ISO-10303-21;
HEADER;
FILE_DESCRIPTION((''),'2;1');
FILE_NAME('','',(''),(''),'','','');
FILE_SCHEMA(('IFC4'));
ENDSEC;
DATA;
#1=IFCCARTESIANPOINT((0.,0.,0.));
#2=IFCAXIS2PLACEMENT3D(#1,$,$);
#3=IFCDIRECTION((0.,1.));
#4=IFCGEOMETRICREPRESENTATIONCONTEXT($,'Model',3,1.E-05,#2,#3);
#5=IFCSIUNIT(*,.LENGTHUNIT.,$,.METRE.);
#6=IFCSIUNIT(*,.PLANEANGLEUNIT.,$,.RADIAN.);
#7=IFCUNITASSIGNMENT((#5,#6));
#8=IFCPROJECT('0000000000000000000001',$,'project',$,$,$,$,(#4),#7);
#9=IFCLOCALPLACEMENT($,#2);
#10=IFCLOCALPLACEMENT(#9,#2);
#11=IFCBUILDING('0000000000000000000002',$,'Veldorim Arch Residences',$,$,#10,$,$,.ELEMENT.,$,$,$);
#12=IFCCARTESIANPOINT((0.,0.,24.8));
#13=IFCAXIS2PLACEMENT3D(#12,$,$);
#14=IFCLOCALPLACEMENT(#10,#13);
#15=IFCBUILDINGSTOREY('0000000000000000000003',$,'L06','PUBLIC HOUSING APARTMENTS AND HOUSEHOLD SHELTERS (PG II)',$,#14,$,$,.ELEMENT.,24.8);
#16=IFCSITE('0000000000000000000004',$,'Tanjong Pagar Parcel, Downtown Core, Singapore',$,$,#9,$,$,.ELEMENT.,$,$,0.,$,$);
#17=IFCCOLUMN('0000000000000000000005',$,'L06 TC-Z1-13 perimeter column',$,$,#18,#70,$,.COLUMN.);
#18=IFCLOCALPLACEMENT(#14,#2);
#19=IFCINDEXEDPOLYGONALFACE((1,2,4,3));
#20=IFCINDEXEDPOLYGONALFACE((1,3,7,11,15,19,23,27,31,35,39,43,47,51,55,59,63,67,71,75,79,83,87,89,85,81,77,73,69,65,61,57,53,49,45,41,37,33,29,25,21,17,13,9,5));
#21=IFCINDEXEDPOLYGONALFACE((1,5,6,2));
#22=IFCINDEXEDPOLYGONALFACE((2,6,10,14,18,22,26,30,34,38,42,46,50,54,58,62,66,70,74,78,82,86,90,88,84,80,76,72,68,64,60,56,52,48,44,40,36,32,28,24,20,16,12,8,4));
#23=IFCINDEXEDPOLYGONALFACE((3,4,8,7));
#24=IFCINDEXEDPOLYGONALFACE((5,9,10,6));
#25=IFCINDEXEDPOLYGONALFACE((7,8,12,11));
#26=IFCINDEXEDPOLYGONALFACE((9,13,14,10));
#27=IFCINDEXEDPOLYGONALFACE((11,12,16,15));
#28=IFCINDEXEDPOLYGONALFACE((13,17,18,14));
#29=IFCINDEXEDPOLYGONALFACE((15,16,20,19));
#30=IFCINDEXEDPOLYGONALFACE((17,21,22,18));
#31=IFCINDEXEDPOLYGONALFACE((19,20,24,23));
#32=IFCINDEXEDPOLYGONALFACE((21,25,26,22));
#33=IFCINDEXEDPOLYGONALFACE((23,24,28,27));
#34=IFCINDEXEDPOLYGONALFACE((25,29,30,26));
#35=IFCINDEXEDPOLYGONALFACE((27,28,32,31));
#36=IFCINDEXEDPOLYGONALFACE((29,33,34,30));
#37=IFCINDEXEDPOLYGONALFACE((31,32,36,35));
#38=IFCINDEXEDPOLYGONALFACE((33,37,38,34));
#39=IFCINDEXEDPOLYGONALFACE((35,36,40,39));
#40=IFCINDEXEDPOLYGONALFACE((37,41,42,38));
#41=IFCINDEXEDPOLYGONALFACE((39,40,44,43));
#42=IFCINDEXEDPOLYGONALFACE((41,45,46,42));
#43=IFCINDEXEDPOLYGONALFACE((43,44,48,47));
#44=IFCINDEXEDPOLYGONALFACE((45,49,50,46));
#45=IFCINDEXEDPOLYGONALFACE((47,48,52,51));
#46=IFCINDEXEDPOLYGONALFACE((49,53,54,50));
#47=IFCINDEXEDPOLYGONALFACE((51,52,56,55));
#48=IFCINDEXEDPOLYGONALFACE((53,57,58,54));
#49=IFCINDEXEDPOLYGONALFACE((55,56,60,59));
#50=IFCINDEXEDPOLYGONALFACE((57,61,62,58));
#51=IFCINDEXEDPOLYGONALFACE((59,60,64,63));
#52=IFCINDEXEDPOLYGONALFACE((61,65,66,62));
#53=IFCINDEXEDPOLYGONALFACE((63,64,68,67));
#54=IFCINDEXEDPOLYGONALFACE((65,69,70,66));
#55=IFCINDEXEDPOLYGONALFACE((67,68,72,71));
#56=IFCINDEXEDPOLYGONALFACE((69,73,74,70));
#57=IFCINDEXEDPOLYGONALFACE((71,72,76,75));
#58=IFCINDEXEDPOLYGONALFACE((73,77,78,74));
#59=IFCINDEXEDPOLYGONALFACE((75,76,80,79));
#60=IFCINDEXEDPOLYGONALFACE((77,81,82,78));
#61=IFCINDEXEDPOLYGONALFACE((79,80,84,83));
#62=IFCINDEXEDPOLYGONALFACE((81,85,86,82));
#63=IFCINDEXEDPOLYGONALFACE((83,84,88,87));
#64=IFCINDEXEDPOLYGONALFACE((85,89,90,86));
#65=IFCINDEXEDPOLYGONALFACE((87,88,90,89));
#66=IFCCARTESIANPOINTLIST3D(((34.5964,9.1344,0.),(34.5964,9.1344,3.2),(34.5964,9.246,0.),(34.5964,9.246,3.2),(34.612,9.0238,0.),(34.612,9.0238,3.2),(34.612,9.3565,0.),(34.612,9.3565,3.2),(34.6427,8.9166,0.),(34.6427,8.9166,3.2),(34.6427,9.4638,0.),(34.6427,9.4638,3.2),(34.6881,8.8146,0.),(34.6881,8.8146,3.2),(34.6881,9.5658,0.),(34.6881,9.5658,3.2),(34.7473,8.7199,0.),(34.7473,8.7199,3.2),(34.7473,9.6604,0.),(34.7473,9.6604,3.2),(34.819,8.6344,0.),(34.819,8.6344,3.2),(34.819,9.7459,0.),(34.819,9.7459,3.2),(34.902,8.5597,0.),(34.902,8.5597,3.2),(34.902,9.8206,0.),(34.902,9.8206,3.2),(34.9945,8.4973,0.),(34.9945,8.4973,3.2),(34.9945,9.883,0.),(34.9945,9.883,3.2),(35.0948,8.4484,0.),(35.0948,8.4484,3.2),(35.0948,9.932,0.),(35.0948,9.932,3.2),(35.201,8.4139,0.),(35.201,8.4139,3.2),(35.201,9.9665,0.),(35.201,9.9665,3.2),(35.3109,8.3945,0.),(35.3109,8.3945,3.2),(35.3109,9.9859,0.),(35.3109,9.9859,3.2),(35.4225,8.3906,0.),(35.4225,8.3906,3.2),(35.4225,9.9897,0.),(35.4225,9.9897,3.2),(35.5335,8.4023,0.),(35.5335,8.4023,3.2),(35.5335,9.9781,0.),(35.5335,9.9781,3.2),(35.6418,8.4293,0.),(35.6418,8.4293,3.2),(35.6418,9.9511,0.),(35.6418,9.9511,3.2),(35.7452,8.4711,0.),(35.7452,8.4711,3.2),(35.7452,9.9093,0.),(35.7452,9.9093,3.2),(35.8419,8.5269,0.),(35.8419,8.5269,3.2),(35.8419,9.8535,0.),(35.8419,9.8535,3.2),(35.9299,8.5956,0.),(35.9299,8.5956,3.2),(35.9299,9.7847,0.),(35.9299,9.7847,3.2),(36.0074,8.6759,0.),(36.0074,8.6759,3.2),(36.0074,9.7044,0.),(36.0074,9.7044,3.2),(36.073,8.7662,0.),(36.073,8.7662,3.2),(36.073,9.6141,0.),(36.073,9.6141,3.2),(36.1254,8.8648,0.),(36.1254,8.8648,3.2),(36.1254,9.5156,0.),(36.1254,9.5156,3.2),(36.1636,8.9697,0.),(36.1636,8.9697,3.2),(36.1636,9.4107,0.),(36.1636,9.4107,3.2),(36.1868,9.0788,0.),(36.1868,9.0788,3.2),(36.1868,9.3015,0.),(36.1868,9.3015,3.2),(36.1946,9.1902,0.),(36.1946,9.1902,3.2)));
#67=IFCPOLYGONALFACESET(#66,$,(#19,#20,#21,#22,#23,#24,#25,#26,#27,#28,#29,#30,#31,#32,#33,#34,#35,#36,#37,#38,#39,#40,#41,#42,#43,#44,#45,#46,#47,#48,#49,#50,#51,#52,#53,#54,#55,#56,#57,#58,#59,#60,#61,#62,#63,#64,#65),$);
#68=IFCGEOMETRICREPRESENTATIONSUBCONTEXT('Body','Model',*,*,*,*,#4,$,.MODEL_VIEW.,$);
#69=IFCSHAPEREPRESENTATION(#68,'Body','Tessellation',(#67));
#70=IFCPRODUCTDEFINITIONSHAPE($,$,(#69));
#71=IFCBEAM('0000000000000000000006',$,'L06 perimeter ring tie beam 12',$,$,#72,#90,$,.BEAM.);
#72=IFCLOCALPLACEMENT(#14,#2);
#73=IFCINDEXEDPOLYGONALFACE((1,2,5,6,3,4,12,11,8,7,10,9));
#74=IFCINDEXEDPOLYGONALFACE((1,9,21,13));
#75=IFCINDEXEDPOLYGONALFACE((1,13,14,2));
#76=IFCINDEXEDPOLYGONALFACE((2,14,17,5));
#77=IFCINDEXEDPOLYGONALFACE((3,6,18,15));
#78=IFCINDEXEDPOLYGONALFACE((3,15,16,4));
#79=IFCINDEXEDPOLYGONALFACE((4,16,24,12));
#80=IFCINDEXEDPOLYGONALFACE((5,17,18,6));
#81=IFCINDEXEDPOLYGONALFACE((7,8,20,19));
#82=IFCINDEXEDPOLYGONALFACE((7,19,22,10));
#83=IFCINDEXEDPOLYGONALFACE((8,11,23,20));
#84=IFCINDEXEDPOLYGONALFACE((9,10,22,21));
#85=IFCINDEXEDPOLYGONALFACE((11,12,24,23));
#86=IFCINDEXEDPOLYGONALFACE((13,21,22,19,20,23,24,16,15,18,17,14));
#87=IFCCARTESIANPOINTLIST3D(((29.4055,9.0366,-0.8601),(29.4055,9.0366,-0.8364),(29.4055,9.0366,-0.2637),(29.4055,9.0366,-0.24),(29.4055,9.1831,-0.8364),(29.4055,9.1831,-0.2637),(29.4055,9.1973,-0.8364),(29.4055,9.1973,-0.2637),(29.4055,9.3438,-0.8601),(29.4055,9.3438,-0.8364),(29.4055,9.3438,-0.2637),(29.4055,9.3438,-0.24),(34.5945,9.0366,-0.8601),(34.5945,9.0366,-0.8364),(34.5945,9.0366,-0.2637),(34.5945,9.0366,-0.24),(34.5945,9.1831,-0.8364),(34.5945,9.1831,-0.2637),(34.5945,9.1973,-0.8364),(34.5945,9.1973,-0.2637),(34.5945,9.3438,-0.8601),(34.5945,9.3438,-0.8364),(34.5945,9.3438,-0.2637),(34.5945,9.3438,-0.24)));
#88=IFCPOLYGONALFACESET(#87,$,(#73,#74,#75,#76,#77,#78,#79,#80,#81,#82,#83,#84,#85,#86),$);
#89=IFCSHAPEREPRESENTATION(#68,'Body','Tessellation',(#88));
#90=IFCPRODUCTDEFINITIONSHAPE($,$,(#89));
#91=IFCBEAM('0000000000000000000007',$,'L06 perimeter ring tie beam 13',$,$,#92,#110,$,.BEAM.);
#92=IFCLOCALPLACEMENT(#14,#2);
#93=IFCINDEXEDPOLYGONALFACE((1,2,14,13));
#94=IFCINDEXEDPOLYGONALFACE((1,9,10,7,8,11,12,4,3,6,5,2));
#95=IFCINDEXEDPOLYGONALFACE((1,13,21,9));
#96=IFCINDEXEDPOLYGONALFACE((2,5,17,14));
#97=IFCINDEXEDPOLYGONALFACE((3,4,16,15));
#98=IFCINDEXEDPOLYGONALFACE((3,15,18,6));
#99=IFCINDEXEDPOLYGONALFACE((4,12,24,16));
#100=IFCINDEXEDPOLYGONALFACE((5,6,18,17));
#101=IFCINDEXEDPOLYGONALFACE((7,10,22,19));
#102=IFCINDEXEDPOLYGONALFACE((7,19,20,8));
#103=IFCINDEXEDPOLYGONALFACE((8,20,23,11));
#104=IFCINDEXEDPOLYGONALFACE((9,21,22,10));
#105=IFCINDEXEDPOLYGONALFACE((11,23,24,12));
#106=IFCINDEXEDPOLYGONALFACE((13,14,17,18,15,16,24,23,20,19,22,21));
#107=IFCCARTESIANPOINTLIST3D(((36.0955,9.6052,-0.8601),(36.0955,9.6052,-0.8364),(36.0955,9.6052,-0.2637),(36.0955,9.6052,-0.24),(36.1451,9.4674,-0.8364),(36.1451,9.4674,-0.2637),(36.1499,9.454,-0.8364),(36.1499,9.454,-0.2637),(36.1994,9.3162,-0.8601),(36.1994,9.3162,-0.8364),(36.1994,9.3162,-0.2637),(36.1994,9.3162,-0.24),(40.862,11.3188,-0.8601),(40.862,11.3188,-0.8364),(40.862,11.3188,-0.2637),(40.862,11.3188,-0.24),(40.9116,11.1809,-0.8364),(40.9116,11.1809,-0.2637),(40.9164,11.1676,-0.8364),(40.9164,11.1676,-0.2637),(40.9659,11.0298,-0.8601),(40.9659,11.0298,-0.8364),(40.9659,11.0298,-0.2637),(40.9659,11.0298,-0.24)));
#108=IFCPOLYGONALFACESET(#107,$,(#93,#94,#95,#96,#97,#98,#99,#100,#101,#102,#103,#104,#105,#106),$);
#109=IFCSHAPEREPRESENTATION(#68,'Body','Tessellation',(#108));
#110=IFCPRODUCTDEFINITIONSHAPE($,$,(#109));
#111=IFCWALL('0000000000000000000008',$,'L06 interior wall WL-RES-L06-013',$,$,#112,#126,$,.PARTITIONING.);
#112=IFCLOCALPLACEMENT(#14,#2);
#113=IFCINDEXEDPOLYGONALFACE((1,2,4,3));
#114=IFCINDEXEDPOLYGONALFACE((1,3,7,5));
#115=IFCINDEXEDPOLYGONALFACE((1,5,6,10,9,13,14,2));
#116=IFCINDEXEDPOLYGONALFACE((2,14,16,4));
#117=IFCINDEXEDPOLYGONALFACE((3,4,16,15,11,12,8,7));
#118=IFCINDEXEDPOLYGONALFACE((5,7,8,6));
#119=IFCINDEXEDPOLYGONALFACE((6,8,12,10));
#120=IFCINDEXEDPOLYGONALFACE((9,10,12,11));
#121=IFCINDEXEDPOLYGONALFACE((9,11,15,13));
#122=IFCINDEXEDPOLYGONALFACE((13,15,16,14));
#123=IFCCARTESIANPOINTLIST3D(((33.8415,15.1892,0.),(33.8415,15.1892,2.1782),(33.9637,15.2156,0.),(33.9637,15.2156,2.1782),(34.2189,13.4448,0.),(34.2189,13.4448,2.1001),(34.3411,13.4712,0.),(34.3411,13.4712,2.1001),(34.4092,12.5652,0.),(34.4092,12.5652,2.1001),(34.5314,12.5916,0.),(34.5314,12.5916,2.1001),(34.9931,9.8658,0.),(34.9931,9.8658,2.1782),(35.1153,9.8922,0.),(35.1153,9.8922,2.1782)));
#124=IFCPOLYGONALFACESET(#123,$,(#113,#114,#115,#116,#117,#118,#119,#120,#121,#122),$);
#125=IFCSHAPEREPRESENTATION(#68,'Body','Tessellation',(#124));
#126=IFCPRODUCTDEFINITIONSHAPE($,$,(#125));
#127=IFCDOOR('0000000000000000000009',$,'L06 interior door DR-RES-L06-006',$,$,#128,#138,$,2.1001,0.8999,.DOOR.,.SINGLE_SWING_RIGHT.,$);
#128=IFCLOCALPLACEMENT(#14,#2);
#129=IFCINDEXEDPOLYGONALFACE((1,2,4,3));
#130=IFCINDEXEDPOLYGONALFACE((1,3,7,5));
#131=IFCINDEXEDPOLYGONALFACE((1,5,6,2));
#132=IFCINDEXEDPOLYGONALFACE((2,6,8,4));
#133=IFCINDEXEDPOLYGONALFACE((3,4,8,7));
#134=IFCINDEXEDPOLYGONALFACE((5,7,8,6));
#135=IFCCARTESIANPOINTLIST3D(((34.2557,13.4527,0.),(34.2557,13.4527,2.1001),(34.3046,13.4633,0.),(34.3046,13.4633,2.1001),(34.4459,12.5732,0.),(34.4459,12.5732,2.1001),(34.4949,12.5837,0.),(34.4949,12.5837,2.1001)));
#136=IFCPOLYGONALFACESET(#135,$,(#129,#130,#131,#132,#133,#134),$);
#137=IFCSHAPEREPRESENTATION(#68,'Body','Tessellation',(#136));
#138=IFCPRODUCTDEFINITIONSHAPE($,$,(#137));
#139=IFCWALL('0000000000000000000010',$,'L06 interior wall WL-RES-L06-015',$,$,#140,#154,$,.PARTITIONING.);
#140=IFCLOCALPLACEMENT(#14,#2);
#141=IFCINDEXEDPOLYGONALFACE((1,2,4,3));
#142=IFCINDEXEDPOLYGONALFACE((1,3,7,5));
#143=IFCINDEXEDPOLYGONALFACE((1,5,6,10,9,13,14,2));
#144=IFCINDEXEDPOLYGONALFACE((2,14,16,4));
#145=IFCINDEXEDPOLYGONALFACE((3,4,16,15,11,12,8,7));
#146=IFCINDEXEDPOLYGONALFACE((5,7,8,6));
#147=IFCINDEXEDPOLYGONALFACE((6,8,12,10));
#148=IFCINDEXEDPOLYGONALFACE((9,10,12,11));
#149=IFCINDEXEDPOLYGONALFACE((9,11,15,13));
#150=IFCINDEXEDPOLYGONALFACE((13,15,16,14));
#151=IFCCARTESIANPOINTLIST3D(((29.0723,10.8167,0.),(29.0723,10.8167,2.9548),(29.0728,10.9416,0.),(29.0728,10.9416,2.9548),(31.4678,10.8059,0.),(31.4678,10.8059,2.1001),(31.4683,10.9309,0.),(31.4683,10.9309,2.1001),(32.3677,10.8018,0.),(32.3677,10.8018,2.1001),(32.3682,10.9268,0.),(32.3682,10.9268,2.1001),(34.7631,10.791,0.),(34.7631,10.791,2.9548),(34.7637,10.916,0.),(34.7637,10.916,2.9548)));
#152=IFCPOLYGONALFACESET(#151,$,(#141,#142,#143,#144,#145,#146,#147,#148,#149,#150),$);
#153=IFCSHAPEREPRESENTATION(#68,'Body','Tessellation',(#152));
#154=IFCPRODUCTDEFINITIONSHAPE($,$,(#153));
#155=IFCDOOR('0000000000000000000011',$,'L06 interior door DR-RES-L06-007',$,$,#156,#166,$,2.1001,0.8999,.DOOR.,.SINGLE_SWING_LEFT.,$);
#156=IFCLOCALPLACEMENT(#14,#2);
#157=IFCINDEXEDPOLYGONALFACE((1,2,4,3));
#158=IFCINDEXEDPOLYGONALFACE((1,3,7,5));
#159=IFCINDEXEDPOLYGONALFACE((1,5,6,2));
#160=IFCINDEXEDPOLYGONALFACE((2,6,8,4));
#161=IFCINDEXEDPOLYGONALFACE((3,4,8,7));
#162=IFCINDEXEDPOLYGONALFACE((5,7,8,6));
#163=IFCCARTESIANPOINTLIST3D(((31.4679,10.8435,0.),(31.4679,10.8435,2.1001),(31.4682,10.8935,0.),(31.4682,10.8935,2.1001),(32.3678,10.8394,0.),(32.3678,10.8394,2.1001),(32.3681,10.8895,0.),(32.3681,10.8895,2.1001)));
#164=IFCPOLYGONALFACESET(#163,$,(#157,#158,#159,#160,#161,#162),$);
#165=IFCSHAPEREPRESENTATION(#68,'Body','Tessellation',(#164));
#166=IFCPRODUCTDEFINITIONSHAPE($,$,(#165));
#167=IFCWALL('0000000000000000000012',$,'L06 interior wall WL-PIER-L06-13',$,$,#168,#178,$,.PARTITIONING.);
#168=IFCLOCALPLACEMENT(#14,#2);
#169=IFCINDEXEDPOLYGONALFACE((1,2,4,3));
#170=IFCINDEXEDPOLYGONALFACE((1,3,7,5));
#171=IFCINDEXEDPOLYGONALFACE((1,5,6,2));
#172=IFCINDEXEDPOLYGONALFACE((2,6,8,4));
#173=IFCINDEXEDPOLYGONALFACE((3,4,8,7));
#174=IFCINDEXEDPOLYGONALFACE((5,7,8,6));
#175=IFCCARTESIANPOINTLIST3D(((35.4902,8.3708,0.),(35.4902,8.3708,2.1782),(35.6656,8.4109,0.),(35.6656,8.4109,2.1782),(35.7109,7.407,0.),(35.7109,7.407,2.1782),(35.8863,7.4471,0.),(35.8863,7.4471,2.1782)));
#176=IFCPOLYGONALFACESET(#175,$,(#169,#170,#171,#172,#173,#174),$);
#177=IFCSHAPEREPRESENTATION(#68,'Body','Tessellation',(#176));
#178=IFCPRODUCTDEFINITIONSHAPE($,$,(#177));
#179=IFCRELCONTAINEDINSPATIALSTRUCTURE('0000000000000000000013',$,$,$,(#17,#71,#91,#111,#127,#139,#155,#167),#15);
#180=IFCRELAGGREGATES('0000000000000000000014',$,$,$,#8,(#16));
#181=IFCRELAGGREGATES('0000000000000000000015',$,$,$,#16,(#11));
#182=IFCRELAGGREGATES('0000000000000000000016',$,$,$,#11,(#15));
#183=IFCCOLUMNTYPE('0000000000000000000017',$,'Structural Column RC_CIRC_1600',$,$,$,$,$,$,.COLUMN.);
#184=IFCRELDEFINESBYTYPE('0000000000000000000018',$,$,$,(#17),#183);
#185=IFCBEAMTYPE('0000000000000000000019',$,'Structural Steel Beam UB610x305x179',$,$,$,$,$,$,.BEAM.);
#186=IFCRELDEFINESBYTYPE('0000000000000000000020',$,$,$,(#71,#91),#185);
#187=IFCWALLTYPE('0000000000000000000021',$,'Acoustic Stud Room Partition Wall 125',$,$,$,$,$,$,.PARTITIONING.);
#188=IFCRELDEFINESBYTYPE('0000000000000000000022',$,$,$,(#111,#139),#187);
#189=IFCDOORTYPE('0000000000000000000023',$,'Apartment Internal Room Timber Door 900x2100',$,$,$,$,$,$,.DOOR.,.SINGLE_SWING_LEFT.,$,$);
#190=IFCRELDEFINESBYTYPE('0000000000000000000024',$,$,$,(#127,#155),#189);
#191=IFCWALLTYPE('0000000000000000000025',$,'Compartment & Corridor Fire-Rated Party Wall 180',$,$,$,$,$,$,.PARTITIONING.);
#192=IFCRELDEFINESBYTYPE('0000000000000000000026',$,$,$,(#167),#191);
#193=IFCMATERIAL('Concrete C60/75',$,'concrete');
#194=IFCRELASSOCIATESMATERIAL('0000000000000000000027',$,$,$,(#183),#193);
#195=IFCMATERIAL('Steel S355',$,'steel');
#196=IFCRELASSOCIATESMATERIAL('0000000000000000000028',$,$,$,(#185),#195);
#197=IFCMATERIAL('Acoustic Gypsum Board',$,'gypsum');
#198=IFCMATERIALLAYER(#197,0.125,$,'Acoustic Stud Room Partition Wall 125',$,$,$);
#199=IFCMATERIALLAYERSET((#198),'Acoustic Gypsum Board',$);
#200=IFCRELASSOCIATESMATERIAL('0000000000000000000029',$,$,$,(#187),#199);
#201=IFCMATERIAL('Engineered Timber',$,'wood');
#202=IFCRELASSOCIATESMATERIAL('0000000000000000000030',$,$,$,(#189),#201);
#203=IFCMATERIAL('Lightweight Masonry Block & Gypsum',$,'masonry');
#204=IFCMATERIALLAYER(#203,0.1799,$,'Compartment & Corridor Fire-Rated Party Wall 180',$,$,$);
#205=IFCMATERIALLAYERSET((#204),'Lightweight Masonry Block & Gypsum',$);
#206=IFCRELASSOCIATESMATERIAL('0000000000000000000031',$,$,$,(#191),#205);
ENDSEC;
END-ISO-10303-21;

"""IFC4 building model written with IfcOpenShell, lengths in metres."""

from ifc_helpers import new_model, si_unit, direction, frame, frame_2d, origin, origin_2d, place, context, subcontext, project, spatial, rectangle, circle, i_section, extrude, material, layer, layer_set, material_profile, profile_set, type_object, element, fill, save


model = new_model("IFC4")

# Units and contexts
model_context = context("Model", 3, precision=1e-05, world=origin(), true_north=direction((0.0, 1.0)))
body_context = subcontext(model_context, "Body", "Model", "MODEL_VIEW")
ifc_project = project(units=[si_unit("LENGTHUNIT", "METRE"), si_unit("PLANEANGLEUNIT", "RADIAN")], contexts=[model_context])

# Site, building, storey
site_placement = place(None, origin())
site = spatial("IfcSite", under=ifc_project, at=site_placement, Name="Tanjong Pagar Parcel, Downtown Core, Singapore", CompositionType="ELEMENT", RefElevation=0.0)
building_placement = place(site_placement, origin())
building = spatial("IfcBuilding", under=site, at=building_placement, Name="Veldorim Arch Residences", CompositionType="ELEMENT")
storey_placement = place(building_placement, frame((0.0, 0.0, 24.8)))
storey = spatial("IfcBuildingStorey", under=building, at=storey_placement, Name="L06", Description="PUBLIC HOUSING APARTMENTS AND HOUSEHOLD SHELTERS (PG II)", CompositionType="ELEMENT", Elevation=24.8)

# Column
ifc_material_1 = material(Name="Concrete C60/75", Category="concrete")
ifc_material_profile_1 = material_profile(ifc_material_1, circle(Radius=0.8, at=origin_2d()), Name="RC_CIRC_1600")
ifc_profile_set_1 = profile_set([ifc_material_profile_1], Name="Concrete C60/75")
column_type = type_object("IfcColumnType", Name="Structural Column RC_CIRC_1600", PredefinedType="COLUMN", material=ifc_profile_set_1)
column_placement = place(storey_placement, frame((35.3945, 9.1902, 0.0), z_axis=(0.0, 0.0, 1.0), x_axis=(1.0, 0.0, 0.0)))
element("IfcColumn", 1, at=column_placement, inside=storey, type_object=column_type, Name="L06 TC-Z1-13 perimeter column", PredefinedType="COLUMN", context=body_context, shape_type="SweptSolid", body=[
    extrude(circle(Radius=0.8, at=origin_2d()), origin(), (0.0, 0.0, 1.0), 3.2),
])

# Beams
ifc_material_2 = material(Name="Steel S355", Category="steel")
ifc_material_profile_2 = material_profile(ifc_material_2, i_section(OverallWidth=0.3071, OverallDepth=0.6201, WebThickness=0.0142, FlangeThickness=0.0237, at=origin_2d()), Name="UB610x305x179")
ifc_profile_set_2 = profile_set([ifc_material_profile_2], Name="Steel S355")
beam_type = type_object("IfcBeamType", Name="Structural Steel Beam UB610x305x179", PredefinedType="BEAM", material=ifc_profile_set_2)
beam_1_placement = place(storey_placement, frame((29.4055, 9.1902, -0.55), z_axis=(1.0, 0.0, 0.0), x_axis=(0.0, 1.0, 0.0)))
element("IfcBeam", 2, at=beam_1_placement, inside=storey, type_object=beam_type, Name="L06 perimeter ring tie beam 12", PredefinedType="BEAM", context=body_context, shape_type="SweptSolid", body=[
    extrude(i_section(OverallWidth=0.3071, OverallDepth=0.6201, WebThickness=0.0142, FlangeThickness=0.0237, at=origin_2d()), origin(), (0.0, 0.0, 1.0), 5.189),
])
beam_2_placement = place(storey_placement, frame((36.1475, 9.4607, -0.55), z_axis=(0.941035, 0.338308, 0.0), x_axis=(-0.338308, 0.941035, 0.0)))
element("IfcBeam", 3, at=beam_2_placement, inside=storey, type_object=beam_type, Name="L06 perimeter ring tie beam 13", PredefinedType="BEAM", context=body_context, shape_type="SweptSolid", body=[
    extrude(i_section(OverallWidth=0.3071, OverallDepth=0.6201, WebThickness=0.0142, FlangeThickness=0.0237, at=origin_2d()), origin(), (0.0, 0.0, 1.0), 5.0652),
])

# Walls, openings, doors
ifc_material_3 = material(Name="Acoustic Gypsum Board", Category="gypsum")
ifc_layer_1 = layer(ifc_material_3, 0.125, Name="Acoustic Stud Room Partition Wall 125")
ifc_layer_set_1 = layer_set([ifc_layer_1], Name="Acoustic Gypsum Board")
wall_type_1 = type_object("IfcWallType", Name="Acoustic Stud Room Partition Wall 125", PredefinedType="PARTITIONING", material=ifc_layer_set_1)
wall_1_placement = place(storey_placement, frame((35.0542, 9.8792, 0.0), z_axis=(0.0, 0.0, 1.0), x_axis=(-0.211436, 0.977392, 0.0)))
wall_1 = element("IfcWall", 4, at=wall_1_placement, inside=storey, type_object=wall_type_1, Name="L06 interior wall WL-RES-L06-013", PredefinedType="PARTITIONING", context=body_context, shape_type="SweptSolid", body=[
    extrude(rectangle(XDim=5.4465, YDim=0.125, at=frame_2d((2.7231, 0.0))), origin(), (0.0, 0.0, 1.0), 2.1782),
])
opening_1_placement = place(wall_1_placement, frame((2.7617, 0.0, 0.0)))
opening_1 = element("IfcOpeningElement", 5, at=opening_1_placement, cuts=wall_1, PredefinedType="OPENING", context=body_context, shape_type="SweptSolid", body=[
    extrude(rectangle(XDim=0.8999, YDim=2.1001, at=frame_2d((0.45, 1.05))), frame((0.0, 0.0725, 0.0), z_axis=(0.0, -1.0, 0.0), x_axis=(1.0, 0.0, 0.0)), (0.0, 0.0, 1.0), 0.145),
])
ifc_material_4 = material(Name="Engineered Timber", Category="wood")
door_type_1 = type_object("IfcDoorType", Name="Apartment Internal Room Timber Door 900x2100", OperationType="SINGLE_SWING_LEFT", PredefinedType="DOOR", material=ifc_material_4)
door_1_placement = place(opening_1_placement, origin())
door_1 = element("IfcDoor", 6, at=door_1_placement, inside=storey, type_object=door_type_1, Name="L06 interior door DR-RES-L06-006", OperationType="SINGLE_SWING_RIGHT", OverallHeight=2.1001, OverallWidth=0.8999, PredefinedType="DOOR", context=body_context, shape_type="SweptSolid", body=[
    extrude(rectangle(XDim=0.8999, YDim=2.1001, at=frame_2d((0.45, 1.05))), frame((0.0, 0.0249, 0.0), z_axis=(0.0, -1.0, 0.0), x_axis=(1.0, 0.0, 0.0)), (0.0, 0.0, 1.0), 0.05),
])
fill(opening_1, door_1)
wall_2_placement = place(storey_placement, frame((34.7634, 10.8535, 0.0), z_axis=(0.0, 0.0, 1.0), x_axis=(-0.99999, 0.004504, 0.0)))
wall_2 = element("IfcWall", 7, at=wall_2_placement, inside=storey, type_object=wall_type_1, Name="L06 interior wall WL-RES-L06-015", PredefinedType="PARTITIONING", context=body_context, shape_type="SweptSolid", body=[
    extrude(rectangle(XDim=5.6909, YDim=0.125, at=frame_2d((2.8455, 0.0))), origin(), (0.0, 0.0, 1.0), 2.9548),
])
opening_2_placement = place(wall_2_placement, frame((2.3955, 0.0, 0.0)))
opening_2 = element("IfcOpeningElement", 8, at=opening_2_placement, cuts=wall_2, PredefinedType="OPENING", context=body_context, shape_type="SweptSolid", body=[
    extrude(rectangle(XDim=0.8999, YDim=2.1001, at=frame_2d((0.45, 1.05))), frame((0.0, 0.0725, 0.0), z_axis=(0.0, -1.0, 0.0), x_axis=(1.0, 0.0, 0.0)), (0.0, 0.0, 1.0), 0.145),
])
door_2_placement = place(opening_2_placement, origin())
door_2 = element("IfcDoor", 9, at=door_2_placement, inside=storey, type_object=door_type_1, Name="L06 interior door DR-RES-L06-007", OperationType="SINGLE_SWING_LEFT", OverallHeight=2.1001, OverallWidth=0.8999, PredefinedType="DOOR", context=body_context, shape_type="SweptSolid", body=[
    extrude(rectangle(XDim=0.8999, YDim=2.1001, at=frame_2d((0.45, 1.05))), frame((0.0, 0.0249, 0.0), z_axis=(0.0, -1.0, 0.0), x_axis=(1.0, 0.0, 0.0)), (0.0, 0.0, 1.0), 0.05),
])
fill(opening_2, door_2)

# Wall
ifc_material_5 = material(Name="Lightweight Masonry Block & Gypsum", Category="masonry")
ifc_layer_2 = layer(ifc_material_5, 0.1799, Name="Compartment & Corridor Fire-Rated Party Wall 180")
ifc_layer_set_2 = layer_set([ifc_layer_2], Name="Lightweight Masonry Block & Gypsum")
wall_type_2 = type_object("IfcWallType", Name="Compartment & Corridor Fire-Rated Party Wall 180", PredefinedType="PARTITIONING", material=ifc_layer_set_2)
wall_3_placement = place(storey_placement, frame((35.5779, 8.3909, 0.0), z_axis=(0.0, 0.0, 1.0), x_axis=(0.2232, -0.974773, 0.0)))
element("IfcWall", 10, at=wall_3_placement, inside=storey, type_object=wall_type_2, Name="L06 interior wall WL-PIER-L06-13", PredefinedType="PARTITIONING", context=body_context, shape_type="SweptSolid", body=[
    extrude(rectangle(XDim=0.9888, YDim=0.1799, at=frame_2d((0.4944, 0.0))), origin(), (0.0, 0.0, 1.0), 2.1782),
])

save(model, "model.ifc")
